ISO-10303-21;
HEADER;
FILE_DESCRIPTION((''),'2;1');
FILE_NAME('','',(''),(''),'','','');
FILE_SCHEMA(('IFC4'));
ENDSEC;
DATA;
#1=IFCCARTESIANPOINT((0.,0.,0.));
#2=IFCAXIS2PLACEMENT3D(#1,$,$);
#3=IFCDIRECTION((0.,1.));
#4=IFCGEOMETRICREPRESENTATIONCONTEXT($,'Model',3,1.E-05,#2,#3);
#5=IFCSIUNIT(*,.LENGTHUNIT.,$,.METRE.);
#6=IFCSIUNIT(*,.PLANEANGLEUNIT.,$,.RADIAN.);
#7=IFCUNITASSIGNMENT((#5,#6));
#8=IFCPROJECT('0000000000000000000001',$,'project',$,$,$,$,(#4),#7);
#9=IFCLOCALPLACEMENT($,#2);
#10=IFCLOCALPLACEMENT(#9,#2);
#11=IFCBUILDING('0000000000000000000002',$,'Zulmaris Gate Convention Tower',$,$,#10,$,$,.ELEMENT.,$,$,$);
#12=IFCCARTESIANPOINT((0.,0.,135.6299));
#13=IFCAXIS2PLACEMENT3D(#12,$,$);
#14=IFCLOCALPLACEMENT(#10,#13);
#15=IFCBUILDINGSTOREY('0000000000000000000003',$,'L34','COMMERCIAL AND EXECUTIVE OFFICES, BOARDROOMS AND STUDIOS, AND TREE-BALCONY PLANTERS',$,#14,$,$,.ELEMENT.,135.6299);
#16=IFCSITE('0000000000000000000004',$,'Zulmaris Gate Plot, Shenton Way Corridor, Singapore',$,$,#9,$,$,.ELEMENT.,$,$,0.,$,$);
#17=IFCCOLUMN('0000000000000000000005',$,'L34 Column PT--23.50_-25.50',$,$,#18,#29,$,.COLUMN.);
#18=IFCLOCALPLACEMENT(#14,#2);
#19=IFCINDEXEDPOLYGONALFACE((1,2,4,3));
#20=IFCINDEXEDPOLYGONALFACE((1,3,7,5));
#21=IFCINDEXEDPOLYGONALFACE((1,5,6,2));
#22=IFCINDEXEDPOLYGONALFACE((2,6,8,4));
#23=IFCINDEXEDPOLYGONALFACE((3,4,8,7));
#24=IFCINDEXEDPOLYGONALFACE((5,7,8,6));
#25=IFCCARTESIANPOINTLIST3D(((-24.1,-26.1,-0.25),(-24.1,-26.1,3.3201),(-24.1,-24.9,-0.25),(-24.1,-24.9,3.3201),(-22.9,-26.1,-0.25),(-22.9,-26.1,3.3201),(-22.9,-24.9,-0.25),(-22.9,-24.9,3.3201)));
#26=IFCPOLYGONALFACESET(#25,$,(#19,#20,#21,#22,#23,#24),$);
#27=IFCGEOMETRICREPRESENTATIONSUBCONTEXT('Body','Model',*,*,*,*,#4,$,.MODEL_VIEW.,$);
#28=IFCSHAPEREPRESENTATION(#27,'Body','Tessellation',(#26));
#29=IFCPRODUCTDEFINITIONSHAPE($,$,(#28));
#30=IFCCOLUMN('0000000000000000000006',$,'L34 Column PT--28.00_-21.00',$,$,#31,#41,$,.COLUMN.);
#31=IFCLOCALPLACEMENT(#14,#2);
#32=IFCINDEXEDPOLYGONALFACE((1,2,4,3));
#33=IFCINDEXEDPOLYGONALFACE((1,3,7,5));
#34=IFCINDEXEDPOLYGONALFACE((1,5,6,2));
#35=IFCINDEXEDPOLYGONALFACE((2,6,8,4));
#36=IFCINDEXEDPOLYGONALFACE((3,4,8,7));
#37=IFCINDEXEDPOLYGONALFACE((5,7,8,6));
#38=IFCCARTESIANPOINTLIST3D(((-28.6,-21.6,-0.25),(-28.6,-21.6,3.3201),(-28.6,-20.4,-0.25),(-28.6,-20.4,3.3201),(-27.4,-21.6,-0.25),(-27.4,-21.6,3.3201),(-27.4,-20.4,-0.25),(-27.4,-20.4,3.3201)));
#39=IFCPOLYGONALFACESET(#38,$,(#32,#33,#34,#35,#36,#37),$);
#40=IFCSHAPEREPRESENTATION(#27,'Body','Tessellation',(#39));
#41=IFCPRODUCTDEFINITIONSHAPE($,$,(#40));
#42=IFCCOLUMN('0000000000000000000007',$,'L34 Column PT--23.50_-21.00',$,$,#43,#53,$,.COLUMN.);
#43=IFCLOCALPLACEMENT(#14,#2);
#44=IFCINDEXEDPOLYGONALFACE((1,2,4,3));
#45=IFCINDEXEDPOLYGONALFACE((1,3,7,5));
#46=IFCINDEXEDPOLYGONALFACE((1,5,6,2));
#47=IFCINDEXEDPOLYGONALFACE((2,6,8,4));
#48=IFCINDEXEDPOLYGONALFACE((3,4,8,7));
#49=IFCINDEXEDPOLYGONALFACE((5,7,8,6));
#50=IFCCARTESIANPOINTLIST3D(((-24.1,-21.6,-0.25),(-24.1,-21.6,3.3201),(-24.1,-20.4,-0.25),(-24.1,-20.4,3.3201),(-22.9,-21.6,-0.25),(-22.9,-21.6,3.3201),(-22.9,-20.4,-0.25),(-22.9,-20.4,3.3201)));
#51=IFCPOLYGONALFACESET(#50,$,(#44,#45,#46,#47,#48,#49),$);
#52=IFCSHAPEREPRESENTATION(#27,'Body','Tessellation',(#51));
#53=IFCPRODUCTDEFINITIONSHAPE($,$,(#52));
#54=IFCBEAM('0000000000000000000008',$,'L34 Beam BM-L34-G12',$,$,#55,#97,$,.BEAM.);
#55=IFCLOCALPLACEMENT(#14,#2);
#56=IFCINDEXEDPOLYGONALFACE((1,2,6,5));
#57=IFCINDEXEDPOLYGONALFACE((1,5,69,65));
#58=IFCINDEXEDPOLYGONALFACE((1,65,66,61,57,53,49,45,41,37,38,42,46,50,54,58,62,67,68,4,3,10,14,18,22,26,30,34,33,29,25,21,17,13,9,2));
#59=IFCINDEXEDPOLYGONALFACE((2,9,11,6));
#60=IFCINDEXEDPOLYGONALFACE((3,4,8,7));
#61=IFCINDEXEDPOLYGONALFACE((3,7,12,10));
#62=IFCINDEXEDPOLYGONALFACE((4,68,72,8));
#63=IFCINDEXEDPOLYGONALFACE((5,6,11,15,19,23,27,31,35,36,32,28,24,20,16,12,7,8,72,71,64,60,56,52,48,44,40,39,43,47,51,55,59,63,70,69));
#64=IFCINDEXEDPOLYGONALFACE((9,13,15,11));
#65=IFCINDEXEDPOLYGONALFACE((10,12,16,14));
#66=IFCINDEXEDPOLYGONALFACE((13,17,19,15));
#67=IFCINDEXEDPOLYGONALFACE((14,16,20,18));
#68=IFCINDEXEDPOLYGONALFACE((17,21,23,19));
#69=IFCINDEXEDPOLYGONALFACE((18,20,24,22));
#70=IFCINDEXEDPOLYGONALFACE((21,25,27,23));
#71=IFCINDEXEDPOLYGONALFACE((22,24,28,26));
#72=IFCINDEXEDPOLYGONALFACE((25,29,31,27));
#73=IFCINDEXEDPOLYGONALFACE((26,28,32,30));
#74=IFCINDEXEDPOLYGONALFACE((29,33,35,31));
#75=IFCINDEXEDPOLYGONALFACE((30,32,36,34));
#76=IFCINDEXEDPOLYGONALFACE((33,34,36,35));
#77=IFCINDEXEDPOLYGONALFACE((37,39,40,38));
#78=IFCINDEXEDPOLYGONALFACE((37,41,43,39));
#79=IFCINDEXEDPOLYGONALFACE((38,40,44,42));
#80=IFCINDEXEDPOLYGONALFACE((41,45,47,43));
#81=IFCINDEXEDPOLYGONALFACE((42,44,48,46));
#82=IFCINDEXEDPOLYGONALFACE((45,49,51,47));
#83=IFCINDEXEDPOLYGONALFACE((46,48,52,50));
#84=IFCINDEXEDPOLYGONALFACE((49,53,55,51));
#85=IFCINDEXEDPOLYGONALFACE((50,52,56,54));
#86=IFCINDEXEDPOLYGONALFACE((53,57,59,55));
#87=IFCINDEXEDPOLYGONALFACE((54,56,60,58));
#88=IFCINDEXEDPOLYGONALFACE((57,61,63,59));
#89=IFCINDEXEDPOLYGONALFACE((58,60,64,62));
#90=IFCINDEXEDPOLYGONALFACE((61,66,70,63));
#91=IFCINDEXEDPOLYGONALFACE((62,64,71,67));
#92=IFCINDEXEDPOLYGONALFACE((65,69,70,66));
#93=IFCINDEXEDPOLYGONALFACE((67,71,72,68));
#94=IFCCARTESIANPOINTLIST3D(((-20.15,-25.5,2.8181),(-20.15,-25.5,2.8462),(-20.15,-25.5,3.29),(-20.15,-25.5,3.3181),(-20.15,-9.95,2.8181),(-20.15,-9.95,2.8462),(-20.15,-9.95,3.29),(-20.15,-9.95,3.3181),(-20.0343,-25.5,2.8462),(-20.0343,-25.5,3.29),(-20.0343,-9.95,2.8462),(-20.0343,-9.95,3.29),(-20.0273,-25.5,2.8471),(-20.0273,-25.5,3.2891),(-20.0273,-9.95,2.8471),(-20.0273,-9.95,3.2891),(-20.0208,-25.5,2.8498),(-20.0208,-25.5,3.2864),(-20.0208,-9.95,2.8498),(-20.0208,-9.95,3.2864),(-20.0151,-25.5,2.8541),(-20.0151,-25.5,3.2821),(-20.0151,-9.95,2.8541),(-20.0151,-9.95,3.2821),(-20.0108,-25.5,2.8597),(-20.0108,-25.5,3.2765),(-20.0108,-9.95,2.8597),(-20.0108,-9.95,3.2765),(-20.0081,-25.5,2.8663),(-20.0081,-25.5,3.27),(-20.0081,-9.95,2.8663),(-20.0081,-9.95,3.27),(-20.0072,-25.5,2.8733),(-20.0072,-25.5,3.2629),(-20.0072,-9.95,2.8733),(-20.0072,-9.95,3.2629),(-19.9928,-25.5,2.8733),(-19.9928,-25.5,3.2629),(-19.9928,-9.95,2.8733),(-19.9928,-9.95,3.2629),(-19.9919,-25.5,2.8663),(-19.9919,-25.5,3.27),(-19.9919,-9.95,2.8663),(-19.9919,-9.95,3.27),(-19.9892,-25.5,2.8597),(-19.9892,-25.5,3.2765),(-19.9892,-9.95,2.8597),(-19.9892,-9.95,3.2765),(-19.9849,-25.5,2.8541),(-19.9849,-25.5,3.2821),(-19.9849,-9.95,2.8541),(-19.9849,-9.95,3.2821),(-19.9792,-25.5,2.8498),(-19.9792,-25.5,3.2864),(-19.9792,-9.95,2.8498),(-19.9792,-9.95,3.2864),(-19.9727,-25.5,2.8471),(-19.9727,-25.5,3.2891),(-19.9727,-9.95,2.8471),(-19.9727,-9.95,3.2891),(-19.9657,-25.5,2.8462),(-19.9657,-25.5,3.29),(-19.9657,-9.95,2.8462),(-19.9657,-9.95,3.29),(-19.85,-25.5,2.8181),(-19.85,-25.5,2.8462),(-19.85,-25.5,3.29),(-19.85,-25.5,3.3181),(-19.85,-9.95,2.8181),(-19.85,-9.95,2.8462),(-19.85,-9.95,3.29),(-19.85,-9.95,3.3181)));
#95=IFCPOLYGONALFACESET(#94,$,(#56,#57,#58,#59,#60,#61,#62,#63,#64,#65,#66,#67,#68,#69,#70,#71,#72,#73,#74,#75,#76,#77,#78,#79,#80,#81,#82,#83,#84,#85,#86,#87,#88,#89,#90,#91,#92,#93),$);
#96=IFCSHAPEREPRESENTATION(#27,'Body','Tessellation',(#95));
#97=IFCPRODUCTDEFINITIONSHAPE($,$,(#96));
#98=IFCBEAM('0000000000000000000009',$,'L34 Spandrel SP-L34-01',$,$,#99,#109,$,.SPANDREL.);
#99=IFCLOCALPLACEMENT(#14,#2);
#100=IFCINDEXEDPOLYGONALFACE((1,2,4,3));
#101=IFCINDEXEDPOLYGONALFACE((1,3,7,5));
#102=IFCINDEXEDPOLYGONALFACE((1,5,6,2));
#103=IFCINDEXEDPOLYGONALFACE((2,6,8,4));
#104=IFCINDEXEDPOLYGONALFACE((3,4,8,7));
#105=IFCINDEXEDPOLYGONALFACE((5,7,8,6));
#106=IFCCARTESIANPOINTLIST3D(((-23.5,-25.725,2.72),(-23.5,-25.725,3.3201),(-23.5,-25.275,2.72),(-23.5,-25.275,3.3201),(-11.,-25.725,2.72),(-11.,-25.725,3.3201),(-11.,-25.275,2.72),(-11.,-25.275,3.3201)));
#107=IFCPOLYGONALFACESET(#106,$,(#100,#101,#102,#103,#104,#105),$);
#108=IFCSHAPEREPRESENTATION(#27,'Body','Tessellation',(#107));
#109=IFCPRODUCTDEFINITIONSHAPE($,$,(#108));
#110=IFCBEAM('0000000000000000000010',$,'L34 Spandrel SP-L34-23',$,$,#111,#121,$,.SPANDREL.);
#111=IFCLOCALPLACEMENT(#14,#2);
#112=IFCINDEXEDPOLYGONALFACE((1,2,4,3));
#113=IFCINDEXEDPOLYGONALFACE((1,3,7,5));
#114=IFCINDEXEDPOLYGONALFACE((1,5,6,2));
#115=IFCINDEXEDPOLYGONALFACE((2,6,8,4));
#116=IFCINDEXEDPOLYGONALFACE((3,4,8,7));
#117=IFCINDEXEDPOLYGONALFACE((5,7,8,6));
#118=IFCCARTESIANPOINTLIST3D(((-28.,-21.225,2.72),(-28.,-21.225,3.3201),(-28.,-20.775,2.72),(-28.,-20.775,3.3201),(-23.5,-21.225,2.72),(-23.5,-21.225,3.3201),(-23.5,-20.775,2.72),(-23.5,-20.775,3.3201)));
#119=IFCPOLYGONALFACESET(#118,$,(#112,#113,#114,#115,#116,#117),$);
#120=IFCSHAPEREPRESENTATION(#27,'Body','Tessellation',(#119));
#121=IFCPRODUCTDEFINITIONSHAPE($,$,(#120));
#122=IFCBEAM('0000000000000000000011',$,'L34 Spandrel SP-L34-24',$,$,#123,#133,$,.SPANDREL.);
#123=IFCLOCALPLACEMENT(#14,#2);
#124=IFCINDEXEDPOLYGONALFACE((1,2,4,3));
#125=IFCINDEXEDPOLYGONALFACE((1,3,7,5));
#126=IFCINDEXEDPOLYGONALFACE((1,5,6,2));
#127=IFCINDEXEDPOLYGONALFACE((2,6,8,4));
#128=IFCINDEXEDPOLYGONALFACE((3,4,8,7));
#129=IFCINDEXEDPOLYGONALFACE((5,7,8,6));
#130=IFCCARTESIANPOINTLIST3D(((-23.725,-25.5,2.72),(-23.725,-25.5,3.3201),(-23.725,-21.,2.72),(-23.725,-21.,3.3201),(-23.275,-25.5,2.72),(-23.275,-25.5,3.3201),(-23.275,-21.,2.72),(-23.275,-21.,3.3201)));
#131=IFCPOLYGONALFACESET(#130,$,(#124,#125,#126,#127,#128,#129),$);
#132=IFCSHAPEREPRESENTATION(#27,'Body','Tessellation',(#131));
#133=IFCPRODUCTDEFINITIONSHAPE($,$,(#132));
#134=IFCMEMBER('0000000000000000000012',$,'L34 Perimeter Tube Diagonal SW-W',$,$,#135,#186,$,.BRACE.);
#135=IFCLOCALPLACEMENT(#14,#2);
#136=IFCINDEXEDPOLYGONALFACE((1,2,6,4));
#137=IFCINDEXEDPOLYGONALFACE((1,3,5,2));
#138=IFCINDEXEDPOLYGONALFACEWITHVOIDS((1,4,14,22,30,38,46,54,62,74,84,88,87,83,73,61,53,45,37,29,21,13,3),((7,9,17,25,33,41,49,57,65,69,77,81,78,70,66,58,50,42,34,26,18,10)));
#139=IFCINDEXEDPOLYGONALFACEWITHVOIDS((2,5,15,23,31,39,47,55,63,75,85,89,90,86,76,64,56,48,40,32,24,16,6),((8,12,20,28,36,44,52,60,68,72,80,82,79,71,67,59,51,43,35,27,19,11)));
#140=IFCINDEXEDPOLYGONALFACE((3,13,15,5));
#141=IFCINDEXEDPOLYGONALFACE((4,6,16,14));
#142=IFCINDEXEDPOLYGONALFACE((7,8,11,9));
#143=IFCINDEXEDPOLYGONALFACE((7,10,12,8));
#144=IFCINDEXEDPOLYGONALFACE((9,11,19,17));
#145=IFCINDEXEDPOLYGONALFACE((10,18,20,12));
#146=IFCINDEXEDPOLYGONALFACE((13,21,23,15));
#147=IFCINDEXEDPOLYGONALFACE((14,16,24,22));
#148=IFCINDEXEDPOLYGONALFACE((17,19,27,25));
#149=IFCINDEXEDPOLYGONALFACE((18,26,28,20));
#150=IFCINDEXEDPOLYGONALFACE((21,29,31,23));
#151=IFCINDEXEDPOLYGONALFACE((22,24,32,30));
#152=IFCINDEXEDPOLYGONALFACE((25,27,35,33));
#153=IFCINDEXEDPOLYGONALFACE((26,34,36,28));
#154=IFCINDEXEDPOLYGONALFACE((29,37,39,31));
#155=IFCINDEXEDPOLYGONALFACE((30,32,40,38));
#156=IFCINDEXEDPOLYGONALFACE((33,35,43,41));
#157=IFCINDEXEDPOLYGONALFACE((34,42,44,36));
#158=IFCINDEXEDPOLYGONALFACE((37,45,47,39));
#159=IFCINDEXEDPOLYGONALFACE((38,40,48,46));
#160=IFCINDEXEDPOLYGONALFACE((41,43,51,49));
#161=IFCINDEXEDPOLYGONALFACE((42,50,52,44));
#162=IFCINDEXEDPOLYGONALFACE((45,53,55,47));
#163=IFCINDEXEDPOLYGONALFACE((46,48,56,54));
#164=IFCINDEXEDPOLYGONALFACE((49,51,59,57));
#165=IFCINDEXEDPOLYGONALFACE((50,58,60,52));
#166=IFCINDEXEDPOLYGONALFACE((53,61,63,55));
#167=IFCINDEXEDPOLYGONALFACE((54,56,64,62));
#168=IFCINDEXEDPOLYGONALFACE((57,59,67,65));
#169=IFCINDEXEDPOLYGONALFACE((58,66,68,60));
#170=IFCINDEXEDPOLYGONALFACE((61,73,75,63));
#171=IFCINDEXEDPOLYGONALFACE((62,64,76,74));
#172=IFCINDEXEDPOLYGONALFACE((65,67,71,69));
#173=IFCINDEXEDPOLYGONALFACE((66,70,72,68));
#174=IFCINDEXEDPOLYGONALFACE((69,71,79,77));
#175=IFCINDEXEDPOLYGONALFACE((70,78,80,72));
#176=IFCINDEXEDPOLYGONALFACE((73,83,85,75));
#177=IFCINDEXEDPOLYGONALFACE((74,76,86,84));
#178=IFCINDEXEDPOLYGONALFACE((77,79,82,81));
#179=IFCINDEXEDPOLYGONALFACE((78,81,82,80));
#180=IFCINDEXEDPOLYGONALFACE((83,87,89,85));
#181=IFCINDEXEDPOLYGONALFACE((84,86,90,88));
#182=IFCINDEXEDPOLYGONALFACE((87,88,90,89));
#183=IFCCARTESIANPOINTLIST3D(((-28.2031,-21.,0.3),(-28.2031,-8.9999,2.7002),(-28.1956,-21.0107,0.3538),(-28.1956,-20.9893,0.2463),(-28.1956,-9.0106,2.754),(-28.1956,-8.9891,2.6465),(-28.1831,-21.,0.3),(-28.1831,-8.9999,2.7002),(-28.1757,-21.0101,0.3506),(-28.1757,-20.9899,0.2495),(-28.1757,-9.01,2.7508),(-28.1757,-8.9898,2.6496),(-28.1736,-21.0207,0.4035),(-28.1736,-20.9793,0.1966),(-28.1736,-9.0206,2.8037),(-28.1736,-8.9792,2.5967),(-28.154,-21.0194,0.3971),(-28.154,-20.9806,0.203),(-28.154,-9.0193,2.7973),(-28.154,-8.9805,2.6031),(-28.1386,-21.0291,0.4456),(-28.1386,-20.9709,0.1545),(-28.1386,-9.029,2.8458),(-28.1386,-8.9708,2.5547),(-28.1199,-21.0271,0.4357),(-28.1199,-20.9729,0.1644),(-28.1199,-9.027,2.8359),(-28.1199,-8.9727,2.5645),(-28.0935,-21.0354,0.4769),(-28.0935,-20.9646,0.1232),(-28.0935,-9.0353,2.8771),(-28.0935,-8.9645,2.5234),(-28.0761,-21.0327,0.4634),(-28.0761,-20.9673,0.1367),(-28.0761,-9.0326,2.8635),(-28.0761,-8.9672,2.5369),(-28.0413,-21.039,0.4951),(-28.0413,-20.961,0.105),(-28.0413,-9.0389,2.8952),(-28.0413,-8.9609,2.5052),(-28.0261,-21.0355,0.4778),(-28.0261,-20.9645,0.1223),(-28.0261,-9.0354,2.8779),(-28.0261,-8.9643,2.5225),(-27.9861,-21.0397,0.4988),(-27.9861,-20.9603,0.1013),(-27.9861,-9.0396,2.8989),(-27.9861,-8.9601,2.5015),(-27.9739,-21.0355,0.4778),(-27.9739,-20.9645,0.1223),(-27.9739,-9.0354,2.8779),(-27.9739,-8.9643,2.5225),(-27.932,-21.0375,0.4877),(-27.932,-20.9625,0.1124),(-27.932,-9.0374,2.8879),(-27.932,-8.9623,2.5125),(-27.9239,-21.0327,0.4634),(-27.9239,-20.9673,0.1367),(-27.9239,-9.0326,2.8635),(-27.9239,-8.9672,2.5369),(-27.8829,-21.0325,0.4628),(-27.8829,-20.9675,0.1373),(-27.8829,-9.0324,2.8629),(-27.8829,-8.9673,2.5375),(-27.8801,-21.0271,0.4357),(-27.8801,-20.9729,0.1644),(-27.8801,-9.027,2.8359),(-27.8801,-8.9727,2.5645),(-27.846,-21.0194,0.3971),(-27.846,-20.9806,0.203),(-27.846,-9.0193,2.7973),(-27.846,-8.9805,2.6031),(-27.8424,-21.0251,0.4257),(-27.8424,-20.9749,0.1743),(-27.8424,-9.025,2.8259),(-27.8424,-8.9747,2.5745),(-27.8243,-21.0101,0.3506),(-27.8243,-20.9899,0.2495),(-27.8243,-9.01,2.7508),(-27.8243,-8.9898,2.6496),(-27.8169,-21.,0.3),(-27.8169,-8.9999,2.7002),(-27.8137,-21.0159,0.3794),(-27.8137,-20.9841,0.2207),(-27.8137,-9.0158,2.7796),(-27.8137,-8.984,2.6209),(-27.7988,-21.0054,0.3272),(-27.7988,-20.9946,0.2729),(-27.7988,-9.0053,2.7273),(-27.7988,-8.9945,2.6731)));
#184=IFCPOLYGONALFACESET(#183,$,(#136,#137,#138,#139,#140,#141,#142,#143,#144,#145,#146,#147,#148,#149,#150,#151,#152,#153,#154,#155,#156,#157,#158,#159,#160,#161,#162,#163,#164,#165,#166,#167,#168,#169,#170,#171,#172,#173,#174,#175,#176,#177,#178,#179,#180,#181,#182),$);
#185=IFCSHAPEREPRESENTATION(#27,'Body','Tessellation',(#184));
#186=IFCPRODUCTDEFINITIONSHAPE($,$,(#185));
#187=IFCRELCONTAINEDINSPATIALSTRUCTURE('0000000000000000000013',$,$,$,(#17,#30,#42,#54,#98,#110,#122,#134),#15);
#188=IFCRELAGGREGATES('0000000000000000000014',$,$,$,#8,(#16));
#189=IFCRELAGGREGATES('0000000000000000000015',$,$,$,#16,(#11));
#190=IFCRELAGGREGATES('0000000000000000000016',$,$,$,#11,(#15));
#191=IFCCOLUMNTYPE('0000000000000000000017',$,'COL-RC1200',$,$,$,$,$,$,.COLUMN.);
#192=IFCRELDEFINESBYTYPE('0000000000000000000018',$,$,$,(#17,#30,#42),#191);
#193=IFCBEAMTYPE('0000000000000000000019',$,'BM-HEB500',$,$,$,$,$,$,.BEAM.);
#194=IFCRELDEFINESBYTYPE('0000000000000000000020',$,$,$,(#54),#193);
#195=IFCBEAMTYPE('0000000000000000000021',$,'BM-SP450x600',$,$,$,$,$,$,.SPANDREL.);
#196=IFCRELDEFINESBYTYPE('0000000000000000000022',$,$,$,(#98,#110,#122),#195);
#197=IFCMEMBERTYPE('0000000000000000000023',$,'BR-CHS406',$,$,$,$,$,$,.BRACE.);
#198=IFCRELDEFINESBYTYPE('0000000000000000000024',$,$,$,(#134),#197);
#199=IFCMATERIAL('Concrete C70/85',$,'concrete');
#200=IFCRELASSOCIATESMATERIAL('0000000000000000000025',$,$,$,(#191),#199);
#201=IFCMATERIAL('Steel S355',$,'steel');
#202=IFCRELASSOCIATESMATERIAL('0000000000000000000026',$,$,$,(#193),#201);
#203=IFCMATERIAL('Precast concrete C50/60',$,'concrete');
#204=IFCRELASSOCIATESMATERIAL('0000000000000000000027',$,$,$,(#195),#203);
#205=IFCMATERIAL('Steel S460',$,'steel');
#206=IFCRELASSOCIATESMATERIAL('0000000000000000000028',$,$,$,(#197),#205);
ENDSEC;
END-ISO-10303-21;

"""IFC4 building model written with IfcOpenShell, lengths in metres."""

from ifc_helpers import new_model, si_unit, direction, frame, origin, origin_2d, place, context, subcontext, project, spatial, rectangle, hollow_circle, i_section, extrude, material, material_profile, profile_set, type_object, element, save


model = new_model("IFC4")

# Units and contexts
model_context = context("Model", 3, precision=1e-05, world=origin(), true_north=direction((0.0, 1.0)))
body_context = subcontext(model_context, "Body", "Model", "MODEL_VIEW")
ifc_project = project(units=[si_unit("LENGTHUNIT", "METRE"), si_unit("PLANEANGLEUNIT", "RADIAN")], contexts=[model_context])

# Site, building, storey
site_placement = place(None, origin())
site = spatial("IfcSite", under=ifc_project, at=site_placement, Name="Zulmaris Gate Plot, Shenton Way Corridor, Singapore", CompositionType="ELEMENT", RefElevation=0.0)
building_placement = place(site_placement, origin())
building = spatial("IfcBuilding", under=site, at=building_placement, Name="Zulmaris Gate Convention Tower", CompositionType="ELEMENT")
storey_placement = place(building_placement, frame((0.0, 0.0, 135.6299)))
storey = spatial("IfcBuildingStorey", under=building, at=storey_placement, Name="L34", Description="COMMERCIAL AND EXECUTIVE OFFICES, BOARDROOMS AND STUDIOS, AND TREE-BALCONY PLANTERS", CompositionType="ELEMENT", Elevation=135.6299)

# Columns
ifc_material_1 = material(Name="Concrete C70/85", Category="concrete")
ifc_material_profile_1 = material_profile(ifc_material_1, rectangle(XDim=1.2, YDim=1.2, at=origin_2d()), Name="RC COL 1200x1200")
ifc_profile_set_1 = profile_set([ifc_material_profile_1], Name="Concrete C70/85")
column_type = type_object("IfcColumnType", Name="COL-RC1200", PredefinedType="COLUMN", material=ifc_profile_set_1)
for number, where, z_axis, x_axis, name in (
    (1, (-23.5, -25.5, -0.25), (0.0, 0.0, 1.0), (1.0, 0.0, 0.0), "L34 Column PT--23.50_-25.50"),
    (2, (-28.0, -21.0, -0.25), (0.0, 0.0, 1.0), (1.0, 0.0, 0.0), "L34 Column PT--28.00_-21.00"),
    (3, (-23.5, -21.0, -0.25), (0.0, 0.0, 1.0), (1.0, 0.0, 0.0), "L34 Column PT--23.50_-21.00"),
):
    element("IfcColumn", number, at=place(storey_placement, frame(where, z_axis=z_axis, x_axis=x_axis)), inside=storey, type_object=column_type, Name=name, PredefinedType="COLUMN", context=body_context, shape_type="SweptSolid", body=[
        extrude(rectangle(XDim=1.2, YDim=1.2, at=origin_2d()), origin(), (0.0, 0.0, 1.0), 3.5701),
    ])

# Beams
ifc_material_2 = material(Name="Steel S355", Category="steel")
ifc_material_profile_2 = material_profile(ifc_material_2, i_section(OverallWidth=0.3, OverallDepth=0.5, WebThickness=0.0144, FlangeThickness=0.0281, FilletRadius=0.0271, at=origin_2d()), Name="HEB 500")
ifc_profile_set_2 = profile_set([ifc_material_profile_2], Name="Steel S355")
beam_type_1 = type_object("IfcBeamType", Name="BM-HEB500", PredefinedType="BEAM", material=ifc_profile_set_2)
beam_1_placement = place(storey_placement, frame((-20.0, -25.5, 3.0681), z_axis=(0.0, 1.0, 0.0), x_axis=(-1.0, 0.0, 0.0)))
element("IfcBeam", 4, at=beam_1_placement, inside=storey, type_object=beam_type_1, Name="L34 Beam BM-L34-G12", PredefinedType="BEAM", context=body_context, shape_type="SweptSolid", body=[
    extrude(i_section(OverallWidth=0.3, OverallDepth=0.5, WebThickness=0.0144, FlangeThickness=0.0281, FilletRadius=0.0271, at=origin_2d()), origin(), (0.0, 0.0, 1.0), 15.55),
])
ifc_material_3 = material(Name="Precast concrete C50/60", Category="concrete")
ifc_material_profile_3 = material_profile(ifc_material_3, rectangle(XDim=0.45, YDim=0.6001, at=origin_2d()), Name="RC SPANDREL 450x600")
ifc_profile_set_3 = profile_set([ifc_material_profile_3], Name="Precast concrete C50/60")
beam_type_2 = type_object("IfcBeamType", Name="BM-SP450x600", PredefinedType="SPANDREL", material=ifc_profile_set_3)
beam_2_placement = place(storey_placement, frame((-23.5, -25.5, 3.02), z_axis=(1.0, 0.0, 0.0), x_axis=(0.0, 1.0, 0.0)))
element("IfcBeam", 5, at=beam_2_placement, inside=storey, type_object=beam_type_2, Name="L34 Spandrel SP-L34-01", PredefinedType="SPANDREL", context=body_context, shape_type="SweptSolid", body=[
    extrude(rectangle(XDim=0.45, YDim=0.6001, at=origin_2d()), origin(), (0.0, 0.0, 1.0), 12.5),
])
for number, where, z_axis, x_axis, name in (
    (6, (-28.0, -21.0, 3.02), (1.0, 0.0, 0.0), (0.0, 1.0, 0.0), "L34 Spandrel SP-L34-23"),
    (7, (-23.5, -21.0, 3.02), (0.0, -1.0, 0.0), (1.0, 0.0, 0.0), "L34 Spandrel SP-L34-24"),
):
    element("IfcBeam", number, at=place(storey_placement, frame(where, z_axis=z_axis, x_axis=x_axis)), inside=storey, type_object=beam_type_2, Name=name, PredefinedType="SPANDREL", context=body_context, shape_type="SweptSolid", body=[
        extrude(rectangle(XDim=0.45, YDim=0.6001, at=origin_2d()), origin(), (0.0, 0.0, 1.0), 4.5),
    ])

# Member
ifc_material_4 = material(Name="Steel S460", Category="steel")
ifc_material_profile_4 = material_profile(ifc_material_4, hollow_circle(Radius=0.2031, WallThickness=0.02, at=origin_2d()), Name="CHS 406.4x20")
ifc_profile_set_4 = profile_set([ifc_material_profile_4], Name="Steel S460")
member_type = type_object("IfcMemberType", Name="BR-CHS406", PredefinedType="BRACE", material=ifc_profile_set_4)
member_1_placement = place(storey_placement, frame((-28.0, -21.0, 0.3), z_axis=(0.0, 0.980578, 0.196128), x_axis=(-1.0, 0.0, 0.0)))
element("IfcMember", 8, at=member_1_placement, inside=storey, type_object=member_type, Name="L34 Perimeter Tube Diagonal SW-W", PredefinedType="BRACE", context=body_context, shape_type="SweptSolid", body=[
    extrude(hollow_circle(Radius=0.2031, WallThickness=0.02, at=origin_2d()), origin(), (0.0, 0.0, 1.0), 12.2378),
])

save(model, "model.ifc")
